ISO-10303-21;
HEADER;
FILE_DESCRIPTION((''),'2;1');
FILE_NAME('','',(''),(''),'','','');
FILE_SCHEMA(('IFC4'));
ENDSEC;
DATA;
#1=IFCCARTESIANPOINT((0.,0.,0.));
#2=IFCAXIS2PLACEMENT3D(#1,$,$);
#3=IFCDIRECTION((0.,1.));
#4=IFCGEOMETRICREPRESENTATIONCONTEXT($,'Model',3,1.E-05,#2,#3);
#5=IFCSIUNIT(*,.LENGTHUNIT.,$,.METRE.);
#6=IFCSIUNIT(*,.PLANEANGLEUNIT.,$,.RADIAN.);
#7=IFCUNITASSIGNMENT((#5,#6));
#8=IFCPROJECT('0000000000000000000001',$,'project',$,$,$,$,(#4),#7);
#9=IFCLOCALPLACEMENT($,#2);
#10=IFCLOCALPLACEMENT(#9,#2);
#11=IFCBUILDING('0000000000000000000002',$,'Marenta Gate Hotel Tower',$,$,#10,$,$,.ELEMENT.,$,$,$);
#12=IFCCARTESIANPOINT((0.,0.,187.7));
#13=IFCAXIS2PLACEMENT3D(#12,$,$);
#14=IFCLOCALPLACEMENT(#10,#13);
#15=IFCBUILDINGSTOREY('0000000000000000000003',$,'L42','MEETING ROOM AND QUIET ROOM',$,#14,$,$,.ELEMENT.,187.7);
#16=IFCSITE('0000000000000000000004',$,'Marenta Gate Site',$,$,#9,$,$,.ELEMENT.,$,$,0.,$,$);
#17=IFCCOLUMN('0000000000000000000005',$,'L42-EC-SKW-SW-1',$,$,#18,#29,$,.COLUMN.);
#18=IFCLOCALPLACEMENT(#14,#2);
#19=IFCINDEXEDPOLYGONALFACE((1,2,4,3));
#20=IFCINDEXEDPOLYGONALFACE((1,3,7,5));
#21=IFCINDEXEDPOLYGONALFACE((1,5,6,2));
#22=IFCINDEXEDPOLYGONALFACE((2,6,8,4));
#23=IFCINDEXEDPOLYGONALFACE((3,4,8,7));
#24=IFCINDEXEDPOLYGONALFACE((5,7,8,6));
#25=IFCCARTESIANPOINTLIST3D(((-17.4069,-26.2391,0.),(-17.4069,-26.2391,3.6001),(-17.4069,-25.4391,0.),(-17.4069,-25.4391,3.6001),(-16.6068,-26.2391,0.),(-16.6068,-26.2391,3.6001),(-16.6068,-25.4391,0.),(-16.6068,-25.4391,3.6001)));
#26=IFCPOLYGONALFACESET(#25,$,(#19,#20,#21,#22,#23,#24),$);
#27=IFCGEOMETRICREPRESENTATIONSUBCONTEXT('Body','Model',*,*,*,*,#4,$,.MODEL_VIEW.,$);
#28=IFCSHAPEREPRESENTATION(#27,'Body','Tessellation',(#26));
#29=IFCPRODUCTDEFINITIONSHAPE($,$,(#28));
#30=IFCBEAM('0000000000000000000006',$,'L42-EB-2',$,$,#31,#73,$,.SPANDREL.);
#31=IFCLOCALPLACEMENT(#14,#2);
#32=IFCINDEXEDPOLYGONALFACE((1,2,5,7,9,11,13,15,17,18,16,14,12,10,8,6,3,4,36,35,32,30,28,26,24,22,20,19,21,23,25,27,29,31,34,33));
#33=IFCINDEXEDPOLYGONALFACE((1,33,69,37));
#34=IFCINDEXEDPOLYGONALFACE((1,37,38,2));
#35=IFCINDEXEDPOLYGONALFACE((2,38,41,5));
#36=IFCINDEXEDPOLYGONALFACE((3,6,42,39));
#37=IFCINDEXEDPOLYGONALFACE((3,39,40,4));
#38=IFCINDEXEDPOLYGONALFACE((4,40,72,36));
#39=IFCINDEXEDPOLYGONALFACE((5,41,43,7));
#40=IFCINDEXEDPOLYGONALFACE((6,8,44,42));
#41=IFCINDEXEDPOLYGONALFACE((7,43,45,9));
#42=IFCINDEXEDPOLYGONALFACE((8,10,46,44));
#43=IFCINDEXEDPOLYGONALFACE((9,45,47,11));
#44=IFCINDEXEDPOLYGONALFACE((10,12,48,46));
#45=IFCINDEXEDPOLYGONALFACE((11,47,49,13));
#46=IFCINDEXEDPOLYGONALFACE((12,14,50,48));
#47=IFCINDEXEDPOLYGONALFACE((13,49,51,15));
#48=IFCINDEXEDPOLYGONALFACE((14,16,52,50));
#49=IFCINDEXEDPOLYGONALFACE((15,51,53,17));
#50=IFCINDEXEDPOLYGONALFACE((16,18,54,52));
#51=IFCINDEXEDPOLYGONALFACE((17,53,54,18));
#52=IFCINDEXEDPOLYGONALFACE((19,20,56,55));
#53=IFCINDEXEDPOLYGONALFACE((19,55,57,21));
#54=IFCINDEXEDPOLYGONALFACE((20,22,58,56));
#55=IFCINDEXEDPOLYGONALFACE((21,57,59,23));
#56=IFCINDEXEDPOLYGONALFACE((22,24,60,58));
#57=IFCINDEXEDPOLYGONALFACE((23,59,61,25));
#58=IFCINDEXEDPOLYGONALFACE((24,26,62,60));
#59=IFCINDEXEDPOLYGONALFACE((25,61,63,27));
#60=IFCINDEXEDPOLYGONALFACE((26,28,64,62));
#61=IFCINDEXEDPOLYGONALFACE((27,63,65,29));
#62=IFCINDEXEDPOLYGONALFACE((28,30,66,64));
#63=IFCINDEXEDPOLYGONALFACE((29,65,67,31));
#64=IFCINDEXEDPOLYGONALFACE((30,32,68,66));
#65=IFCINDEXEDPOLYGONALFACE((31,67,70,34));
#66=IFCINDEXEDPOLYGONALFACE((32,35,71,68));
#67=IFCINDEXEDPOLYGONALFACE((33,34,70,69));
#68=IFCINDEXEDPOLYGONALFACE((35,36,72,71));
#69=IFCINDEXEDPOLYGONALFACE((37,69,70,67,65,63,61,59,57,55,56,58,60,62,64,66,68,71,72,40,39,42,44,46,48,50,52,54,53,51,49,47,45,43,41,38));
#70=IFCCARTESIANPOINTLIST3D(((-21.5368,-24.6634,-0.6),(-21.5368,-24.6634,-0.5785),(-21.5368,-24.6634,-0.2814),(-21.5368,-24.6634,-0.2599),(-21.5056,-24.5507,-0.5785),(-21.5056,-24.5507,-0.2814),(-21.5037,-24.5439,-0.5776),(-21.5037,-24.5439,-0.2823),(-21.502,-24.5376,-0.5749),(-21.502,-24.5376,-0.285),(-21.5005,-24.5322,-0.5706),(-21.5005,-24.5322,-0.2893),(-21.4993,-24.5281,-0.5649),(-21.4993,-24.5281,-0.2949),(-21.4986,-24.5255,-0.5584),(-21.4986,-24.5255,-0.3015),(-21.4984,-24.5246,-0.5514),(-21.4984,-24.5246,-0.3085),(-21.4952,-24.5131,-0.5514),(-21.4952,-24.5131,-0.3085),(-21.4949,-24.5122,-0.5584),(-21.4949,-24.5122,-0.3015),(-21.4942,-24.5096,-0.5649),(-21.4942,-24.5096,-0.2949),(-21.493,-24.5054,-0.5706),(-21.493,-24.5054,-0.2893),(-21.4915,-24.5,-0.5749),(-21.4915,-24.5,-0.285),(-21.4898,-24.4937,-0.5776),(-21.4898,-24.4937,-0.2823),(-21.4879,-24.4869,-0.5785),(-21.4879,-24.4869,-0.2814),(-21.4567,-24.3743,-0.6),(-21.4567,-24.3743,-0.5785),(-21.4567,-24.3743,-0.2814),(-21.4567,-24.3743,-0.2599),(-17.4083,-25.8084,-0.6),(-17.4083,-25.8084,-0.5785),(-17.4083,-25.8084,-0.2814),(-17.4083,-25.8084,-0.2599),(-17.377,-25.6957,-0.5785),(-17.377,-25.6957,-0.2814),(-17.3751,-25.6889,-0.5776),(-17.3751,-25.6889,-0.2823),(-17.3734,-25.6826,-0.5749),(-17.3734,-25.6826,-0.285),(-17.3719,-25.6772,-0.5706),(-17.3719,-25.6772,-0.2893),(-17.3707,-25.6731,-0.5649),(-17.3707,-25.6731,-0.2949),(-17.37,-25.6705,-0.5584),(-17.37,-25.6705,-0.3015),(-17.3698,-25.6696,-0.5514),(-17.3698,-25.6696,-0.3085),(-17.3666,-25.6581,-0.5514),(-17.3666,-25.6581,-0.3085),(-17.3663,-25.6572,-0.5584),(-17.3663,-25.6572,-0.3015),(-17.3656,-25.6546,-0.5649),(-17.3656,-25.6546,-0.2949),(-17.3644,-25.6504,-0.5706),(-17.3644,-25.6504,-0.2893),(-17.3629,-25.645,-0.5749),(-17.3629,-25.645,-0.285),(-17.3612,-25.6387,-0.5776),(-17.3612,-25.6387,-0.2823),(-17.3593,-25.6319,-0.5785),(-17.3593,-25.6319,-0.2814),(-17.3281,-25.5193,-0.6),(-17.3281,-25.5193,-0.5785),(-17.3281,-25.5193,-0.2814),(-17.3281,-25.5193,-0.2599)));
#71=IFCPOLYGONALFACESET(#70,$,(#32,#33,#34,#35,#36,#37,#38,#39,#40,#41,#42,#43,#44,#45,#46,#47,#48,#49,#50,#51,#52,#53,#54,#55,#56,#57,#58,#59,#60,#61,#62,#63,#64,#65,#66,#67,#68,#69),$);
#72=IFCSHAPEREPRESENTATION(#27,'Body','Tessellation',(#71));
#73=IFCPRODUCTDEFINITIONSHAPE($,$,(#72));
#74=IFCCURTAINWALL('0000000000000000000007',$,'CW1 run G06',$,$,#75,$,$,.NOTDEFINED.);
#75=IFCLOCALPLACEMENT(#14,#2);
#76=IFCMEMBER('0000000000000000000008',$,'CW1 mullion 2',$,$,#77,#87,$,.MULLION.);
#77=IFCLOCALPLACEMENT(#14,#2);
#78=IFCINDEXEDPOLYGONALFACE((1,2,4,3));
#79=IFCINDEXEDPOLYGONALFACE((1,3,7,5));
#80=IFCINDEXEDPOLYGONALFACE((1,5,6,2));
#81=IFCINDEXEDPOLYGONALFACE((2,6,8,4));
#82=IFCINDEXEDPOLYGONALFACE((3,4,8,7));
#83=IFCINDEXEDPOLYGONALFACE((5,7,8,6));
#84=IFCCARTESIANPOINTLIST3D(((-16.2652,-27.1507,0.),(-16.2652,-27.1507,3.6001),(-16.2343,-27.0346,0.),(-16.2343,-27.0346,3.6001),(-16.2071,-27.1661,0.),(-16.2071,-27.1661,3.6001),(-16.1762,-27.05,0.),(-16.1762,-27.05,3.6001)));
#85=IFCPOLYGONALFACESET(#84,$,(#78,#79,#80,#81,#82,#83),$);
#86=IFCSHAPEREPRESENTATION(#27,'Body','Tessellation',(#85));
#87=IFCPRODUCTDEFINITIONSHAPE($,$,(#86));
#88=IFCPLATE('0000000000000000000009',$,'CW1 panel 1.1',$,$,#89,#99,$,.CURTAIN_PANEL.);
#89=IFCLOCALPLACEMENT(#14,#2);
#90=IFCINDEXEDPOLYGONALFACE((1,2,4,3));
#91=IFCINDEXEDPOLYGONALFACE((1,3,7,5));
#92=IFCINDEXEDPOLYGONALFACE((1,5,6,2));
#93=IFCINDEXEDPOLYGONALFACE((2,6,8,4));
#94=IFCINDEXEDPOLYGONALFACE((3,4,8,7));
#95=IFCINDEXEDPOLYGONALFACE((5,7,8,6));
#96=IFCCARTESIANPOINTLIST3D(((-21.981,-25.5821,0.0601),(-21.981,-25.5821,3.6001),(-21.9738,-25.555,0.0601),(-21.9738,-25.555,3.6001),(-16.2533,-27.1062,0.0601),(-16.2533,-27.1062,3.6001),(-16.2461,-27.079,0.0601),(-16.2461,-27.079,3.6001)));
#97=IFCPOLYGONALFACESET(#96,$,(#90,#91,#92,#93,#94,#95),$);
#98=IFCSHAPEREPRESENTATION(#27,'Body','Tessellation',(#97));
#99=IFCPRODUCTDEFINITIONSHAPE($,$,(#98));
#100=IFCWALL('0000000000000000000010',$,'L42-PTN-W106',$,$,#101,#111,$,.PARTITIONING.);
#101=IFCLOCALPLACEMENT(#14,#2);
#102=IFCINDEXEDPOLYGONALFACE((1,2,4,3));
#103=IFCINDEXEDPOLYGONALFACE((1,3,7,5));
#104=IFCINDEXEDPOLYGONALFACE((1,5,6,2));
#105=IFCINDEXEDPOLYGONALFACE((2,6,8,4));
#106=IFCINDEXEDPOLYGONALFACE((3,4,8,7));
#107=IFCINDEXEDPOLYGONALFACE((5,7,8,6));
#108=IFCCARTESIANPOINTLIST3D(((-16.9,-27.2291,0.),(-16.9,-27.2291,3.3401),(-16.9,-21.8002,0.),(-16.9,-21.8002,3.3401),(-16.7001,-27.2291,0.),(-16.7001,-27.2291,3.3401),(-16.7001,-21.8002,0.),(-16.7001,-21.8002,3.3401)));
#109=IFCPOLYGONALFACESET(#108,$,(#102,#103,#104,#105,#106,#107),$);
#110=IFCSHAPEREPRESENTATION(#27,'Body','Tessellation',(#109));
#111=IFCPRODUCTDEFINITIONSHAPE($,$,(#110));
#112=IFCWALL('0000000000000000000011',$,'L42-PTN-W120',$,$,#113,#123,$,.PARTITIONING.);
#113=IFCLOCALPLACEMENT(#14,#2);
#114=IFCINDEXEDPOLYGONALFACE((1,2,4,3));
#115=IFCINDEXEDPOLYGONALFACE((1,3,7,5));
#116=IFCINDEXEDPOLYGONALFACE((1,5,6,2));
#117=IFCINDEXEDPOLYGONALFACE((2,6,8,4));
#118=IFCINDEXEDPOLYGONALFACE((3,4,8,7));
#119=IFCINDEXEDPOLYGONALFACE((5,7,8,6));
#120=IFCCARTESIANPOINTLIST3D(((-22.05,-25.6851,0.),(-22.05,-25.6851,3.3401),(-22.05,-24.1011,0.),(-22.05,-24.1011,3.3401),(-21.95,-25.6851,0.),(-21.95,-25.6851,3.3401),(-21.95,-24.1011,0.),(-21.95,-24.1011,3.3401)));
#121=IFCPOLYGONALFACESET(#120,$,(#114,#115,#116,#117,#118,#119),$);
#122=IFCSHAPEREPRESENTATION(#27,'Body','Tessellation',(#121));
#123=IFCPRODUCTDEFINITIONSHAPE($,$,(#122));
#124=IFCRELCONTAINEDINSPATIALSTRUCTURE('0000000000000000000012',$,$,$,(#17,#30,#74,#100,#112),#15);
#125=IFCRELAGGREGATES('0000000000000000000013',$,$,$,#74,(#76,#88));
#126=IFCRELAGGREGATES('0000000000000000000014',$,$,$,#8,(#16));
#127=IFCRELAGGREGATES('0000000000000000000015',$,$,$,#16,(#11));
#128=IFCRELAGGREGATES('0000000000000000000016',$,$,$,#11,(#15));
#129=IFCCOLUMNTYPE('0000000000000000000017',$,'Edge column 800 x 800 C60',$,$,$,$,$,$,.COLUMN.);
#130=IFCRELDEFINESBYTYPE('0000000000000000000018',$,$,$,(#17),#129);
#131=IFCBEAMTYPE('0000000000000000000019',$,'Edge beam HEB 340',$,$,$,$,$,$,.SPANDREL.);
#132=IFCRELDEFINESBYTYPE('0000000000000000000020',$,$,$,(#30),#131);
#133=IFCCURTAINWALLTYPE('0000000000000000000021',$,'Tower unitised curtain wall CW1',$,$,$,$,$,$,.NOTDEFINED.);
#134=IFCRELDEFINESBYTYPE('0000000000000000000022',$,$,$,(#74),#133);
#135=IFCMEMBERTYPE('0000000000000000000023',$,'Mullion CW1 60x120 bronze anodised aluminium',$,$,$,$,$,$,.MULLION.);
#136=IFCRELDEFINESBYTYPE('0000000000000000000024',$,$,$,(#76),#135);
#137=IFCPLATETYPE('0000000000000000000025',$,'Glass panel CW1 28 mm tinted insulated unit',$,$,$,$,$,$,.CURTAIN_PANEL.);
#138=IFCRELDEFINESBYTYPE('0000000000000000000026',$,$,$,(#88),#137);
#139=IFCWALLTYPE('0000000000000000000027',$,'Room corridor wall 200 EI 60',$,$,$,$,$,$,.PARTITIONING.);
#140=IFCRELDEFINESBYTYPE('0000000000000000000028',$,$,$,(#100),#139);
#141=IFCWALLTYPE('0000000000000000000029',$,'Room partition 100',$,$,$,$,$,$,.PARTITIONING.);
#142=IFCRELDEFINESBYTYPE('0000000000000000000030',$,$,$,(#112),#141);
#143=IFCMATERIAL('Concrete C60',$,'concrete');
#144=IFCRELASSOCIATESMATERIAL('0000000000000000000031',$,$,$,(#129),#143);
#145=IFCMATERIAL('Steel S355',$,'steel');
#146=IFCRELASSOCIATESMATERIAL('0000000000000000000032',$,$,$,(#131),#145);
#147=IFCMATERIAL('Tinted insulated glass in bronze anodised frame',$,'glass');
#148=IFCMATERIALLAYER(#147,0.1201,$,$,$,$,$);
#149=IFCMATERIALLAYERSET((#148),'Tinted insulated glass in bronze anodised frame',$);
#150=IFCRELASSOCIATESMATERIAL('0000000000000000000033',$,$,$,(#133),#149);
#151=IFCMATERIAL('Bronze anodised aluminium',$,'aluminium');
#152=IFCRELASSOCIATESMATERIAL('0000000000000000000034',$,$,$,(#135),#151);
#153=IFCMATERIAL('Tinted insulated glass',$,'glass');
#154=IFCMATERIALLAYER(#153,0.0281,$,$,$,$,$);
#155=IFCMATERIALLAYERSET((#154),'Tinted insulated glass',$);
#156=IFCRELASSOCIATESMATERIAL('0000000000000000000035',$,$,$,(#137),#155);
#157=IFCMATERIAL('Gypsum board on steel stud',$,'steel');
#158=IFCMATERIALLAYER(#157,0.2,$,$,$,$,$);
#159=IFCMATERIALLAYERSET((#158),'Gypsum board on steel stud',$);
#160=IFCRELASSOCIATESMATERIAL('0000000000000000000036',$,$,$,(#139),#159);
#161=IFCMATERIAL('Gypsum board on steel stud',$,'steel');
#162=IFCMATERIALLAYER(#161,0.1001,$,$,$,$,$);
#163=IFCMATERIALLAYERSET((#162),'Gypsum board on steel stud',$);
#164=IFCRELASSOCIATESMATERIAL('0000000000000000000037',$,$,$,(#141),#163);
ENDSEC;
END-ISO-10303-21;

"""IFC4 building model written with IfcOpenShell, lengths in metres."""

from ifc_helpers import new_model, si_unit, direction, frame, frame_2d, origin, origin_2d, place, context, subcontext, project, spatial, rectangle, i_section, extrude, material, layer, layer_set, material_profile, profile_set, type_object, element, aggregate, save


model = new_model("IFC4")

# Units and contexts
model_context = context("Model", 3, precision=1e-05, world=origin(), true_north=direction((0.0, 1.0)))
body_context = subcontext(model_context, "Body", "Model", "MODEL_VIEW")
ifc_project = project(units=[si_unit("LENGTHUNIT", "METRE"), si_unit("PLANEANGLEUNIT", "RADIAN")], contexts=[model_context])

# Site, building, storey
site_placement = place(None, origin())
site = spatial("IfcSite", under=ifc_project, at=site_placement, Name="Marenta Gate Site", CompositionType="ELEMENT", RefElevation=0.0)
building_placement = place(site_placement, origin())
building = spatial("IfcBuilding", under=site, at=building_placement, Name="Marenta Gate Hotel Tower", CompositionType="ELEMENT")
storey_placement = place(building_placement, frame((0.0, 0.0, 187.7)))
storey = spatial("IfcBuildingStorey", under=building, at=storey_placement, Name="L42", Description="MEETING ROOM AND QUIET ROOM", CompositionType="ELEMENT", Elevation=187.7)

# Column
ifc_material_1 = material(Name="Concrete C60", Category="concrete")
ifc_material_profile_1 = material_profile(ifc_material_1, rectangle(XDim=0.8, YDim=0.8, at=origin_2d()), Name="800 x 800")
ifc_profile_set_1 = profile_set([ifc_material_profile_1], Name="Concrete C60")
column_type = type_object("IfcColumnType", Name="Edge column 800 x 800 C60", PredefinedType="COLUMN", material=ifc_profile_set_1)
column_placement = place(storey_placement, frame((-17.0068, -25.8391, 0.0), z_axis=(0.0, 0.0, 1.0), x_axis=(1.0, 0.0, 0.0)))
element("IfcColumn", 1, at=column_placement, inside=storey, type_object=column_type, Name="L42-EC-SKW-SW-1", PredefinedType="COLUMN", context=body_context, shape_type="SweptSolid", body=[
    extrude(rectangle(XDim=0.8, YDim=0.8, at=origin_2d()), origin(), (0.0, 0.0, 1.0), 3.6001),
])

# Beam
ifc_material_2 = material(Name="Steel S355", Category="steel")
ifc_material_profile_2 = material_profile(ifc_material_2, i_section(OverallWidth=0.3, OverallDepth=0.3401, WebThickness=0.012, FlangeThickness=0.0215, FilletRadius=0.0271, at=origin_2d()), Name="HEB 340")
ifc_profile_set_2 = profile_set([ifc_material_profile_2], Name="Steel S355")
beam_type = type_object("IfcBeamType", Name="Edge beam HEB 340", PredefinedType="SPANDREL", material=ifc_profile_set_2)
beam_placement = place(storey_placement, frame((-17.3682, -25.6638, -0.4299), z_axis=(-0.963628, 0.267247, 0.0), x_axis=(-0.267247, -0.963628, 0.0)))
element("IfcBeam", 2, at=beam_placement, inside=storey, type_object=beam_type, Name="L42-EB-2", PredefinedType="SPANDREL", context=body_context, shape_type="SweptSolid", body=[
    extrude(i_section(OverallWidth=0.3, OverallDepth=0.3401, WebThickness=0.012, FlangeThickness=0.0215, FilletRadius=0.0271, at=origin_2d()), origin(), (0.0, 0.0, 1.0), 4.2844),
])

# Curtain wall, member, plate
ifc_material_3 = material(Name="Tinted insulated glass in bronze anodised frame", Category="glass")
ifc_layer_1 = layer(ifc_material_3, 0.1201)
ifc_layer_set_1 = layer_set([ifc_layer_1], Name="Tinted insulated glass in bronze anodised frame")
curtain_wall_type = type_object("IfcCurtainWallType", Name="Tower unitised curtain wall CW1", PredefinedType="NOTDEFINED", material=ifc_layer_set_1)
curtain_wall_placement = place(storey_placement, origin())
curtain_wall = element("IfcCurtainWall", 3, at=curtain_wall_placement, inside=storey, type_object=curtain_wall_type, Name="CW1 run G06", PredefinedType="NOTDEFINED")
ifc_material_4 = material(Name="Bronze anodised aluminium", Category="aluminium")
ifc_material_profile_3 = material_profile(ifc_material_4, rectangle(XDim=0.1201, YDim=0.0601, at=origin_2d()), Name="Mullion CW1 60x120 bronze anodised aluminium")
ifc_profile_set_3 = profile_set([ifc_material_profile_3], Name="Bronze anodised aluminium")
member_type = type_object("IfcMemberType", Name="Mullion CW1 60x120 bronze anodised aluminium", PredefinedType="MULLION", material=ifc_profile_set_3)
member_placement = place(storey_placement, frame((-16.2207, -27.1003, 0.0), z_axis=(0.0, 0.0, 1.0), x_axis=(0.257139, 0.966374, 0.0)))
member = element("IfcMember", 4, at=member_placement, type_object=member_type, Name="CW1 mullion 2", PredefinedType="MULLION", context=body_context, shape_type="SweptSolid", body=[
    extrude(rectangle(XDim=0.1201, YDim=0.0601, at=origin_2d()), origin(), (0.0, 0.0, 1.0), 3.6001),
])
ifc_material_5 = material(Name="Tinted insulated glass", Category="glass")
ifc_layer_2 = layer(ifc_material_5, 0.0281)
ifc_layer_set_2 = layer_set([ifc_layer_2], Name="Tinted insulated glass")
plate_type = type_object("IfcPlateType", Name="Glass panel CW1 28 mm tinted insulated unit", PredefinedType="CURTAIN_PANEL", material=ifc_layer_set_2)
plate_placement = place(storey_placement, frame((-19.1135, -26.3306, 0.0601), z_axis=(0.0, 0.0, 1.0), x_axis=(0.966374, -0.257139, 0.0)))
plate = element("IfcPlate", 5, at=plate_placement, type_object=plate_type, Name="CW1 panel 1.1", PredefinedType="CURTAIN_PANEL", context=body_context, shape_type="SweptSolid", body=[
    extrude(rectangle(XDim=5.927, YDim=0.0281, at=origin_2d()), origin(), (0.0, 0.0, 1.0), 3.54),
])
aggregate(curtain_wall, [member, plate])

# Wall
ifc_material_6 = material(Name="Gypsum board on steel stud", Category="steel")
ifc_layer_3 = layer(ifc_material_6, 0.2)
ifc_layer_set_3 = layer_set([ifc_layer_3], Name="Gypsum board on steel stud")
wall_type_1 = type_object("IfcWallType", Name="Room corridor wall 200 EI 60", PredefinedType="PARTITIONING", material=ifc_layer_set_3)
wall_1_placement = place(storey_placement, frame((-16.8, -27.229, 0.0), z_axis=(0.0, 0.0, 1.0), x_axis=(0.0, 1.0, 0.0)))
element("IfcWall", 6, at=wall_1_placement, inside=storey, type_object=wall_type_1, Name="L42-PTN-W106", PredefinedType="PARTITIONING", context=body_context, shape_type="SweptSolid", body=[
    extrude(rectangle(XDim=5.429, YDim=0.2, at=frame_2d((2.7144, 0.0))), origin(), (0.0, 0.0, 1.0), 3.3401),
])

# Wall
ifc_material_7 = material(Name="Gypsum board on steel stud", Category="steel")
ifc_layer_4 = layer(ifc_material_7, 0.1001)
ifc_layer_set_4 = layer_set([ifc_layer_4], Name="Gypsum board on steel stud")
wall_type_2 = type_object("IfcWallType", Name="Room partition 100", PredefinedType="PARTITIONING", material=ifc_layer_set_4)
wall_2_placement = place(storey_placement, frame((-22.0, -25.6851, 0.0), z_axis=(0.0, 0.0, 1.0), x_axis=(0.0, 1.0, 0.0)))
element("IfcWall", 7, at=wall_2_placement, inside=storey, type_object=wall_type_2, Name="L42-PTN-W120", PredefinedType="PARTITIONING", context=body_context, shape_type="SweptSolid", body=[
    extrude(rectangle(XDim=1.584, YDim=0.1001, at=frame_2d((0.792, 0.0))), origin(), (0.0, 0.0, 1.0), 3.3401),
])

save(model, "model.ifc")
